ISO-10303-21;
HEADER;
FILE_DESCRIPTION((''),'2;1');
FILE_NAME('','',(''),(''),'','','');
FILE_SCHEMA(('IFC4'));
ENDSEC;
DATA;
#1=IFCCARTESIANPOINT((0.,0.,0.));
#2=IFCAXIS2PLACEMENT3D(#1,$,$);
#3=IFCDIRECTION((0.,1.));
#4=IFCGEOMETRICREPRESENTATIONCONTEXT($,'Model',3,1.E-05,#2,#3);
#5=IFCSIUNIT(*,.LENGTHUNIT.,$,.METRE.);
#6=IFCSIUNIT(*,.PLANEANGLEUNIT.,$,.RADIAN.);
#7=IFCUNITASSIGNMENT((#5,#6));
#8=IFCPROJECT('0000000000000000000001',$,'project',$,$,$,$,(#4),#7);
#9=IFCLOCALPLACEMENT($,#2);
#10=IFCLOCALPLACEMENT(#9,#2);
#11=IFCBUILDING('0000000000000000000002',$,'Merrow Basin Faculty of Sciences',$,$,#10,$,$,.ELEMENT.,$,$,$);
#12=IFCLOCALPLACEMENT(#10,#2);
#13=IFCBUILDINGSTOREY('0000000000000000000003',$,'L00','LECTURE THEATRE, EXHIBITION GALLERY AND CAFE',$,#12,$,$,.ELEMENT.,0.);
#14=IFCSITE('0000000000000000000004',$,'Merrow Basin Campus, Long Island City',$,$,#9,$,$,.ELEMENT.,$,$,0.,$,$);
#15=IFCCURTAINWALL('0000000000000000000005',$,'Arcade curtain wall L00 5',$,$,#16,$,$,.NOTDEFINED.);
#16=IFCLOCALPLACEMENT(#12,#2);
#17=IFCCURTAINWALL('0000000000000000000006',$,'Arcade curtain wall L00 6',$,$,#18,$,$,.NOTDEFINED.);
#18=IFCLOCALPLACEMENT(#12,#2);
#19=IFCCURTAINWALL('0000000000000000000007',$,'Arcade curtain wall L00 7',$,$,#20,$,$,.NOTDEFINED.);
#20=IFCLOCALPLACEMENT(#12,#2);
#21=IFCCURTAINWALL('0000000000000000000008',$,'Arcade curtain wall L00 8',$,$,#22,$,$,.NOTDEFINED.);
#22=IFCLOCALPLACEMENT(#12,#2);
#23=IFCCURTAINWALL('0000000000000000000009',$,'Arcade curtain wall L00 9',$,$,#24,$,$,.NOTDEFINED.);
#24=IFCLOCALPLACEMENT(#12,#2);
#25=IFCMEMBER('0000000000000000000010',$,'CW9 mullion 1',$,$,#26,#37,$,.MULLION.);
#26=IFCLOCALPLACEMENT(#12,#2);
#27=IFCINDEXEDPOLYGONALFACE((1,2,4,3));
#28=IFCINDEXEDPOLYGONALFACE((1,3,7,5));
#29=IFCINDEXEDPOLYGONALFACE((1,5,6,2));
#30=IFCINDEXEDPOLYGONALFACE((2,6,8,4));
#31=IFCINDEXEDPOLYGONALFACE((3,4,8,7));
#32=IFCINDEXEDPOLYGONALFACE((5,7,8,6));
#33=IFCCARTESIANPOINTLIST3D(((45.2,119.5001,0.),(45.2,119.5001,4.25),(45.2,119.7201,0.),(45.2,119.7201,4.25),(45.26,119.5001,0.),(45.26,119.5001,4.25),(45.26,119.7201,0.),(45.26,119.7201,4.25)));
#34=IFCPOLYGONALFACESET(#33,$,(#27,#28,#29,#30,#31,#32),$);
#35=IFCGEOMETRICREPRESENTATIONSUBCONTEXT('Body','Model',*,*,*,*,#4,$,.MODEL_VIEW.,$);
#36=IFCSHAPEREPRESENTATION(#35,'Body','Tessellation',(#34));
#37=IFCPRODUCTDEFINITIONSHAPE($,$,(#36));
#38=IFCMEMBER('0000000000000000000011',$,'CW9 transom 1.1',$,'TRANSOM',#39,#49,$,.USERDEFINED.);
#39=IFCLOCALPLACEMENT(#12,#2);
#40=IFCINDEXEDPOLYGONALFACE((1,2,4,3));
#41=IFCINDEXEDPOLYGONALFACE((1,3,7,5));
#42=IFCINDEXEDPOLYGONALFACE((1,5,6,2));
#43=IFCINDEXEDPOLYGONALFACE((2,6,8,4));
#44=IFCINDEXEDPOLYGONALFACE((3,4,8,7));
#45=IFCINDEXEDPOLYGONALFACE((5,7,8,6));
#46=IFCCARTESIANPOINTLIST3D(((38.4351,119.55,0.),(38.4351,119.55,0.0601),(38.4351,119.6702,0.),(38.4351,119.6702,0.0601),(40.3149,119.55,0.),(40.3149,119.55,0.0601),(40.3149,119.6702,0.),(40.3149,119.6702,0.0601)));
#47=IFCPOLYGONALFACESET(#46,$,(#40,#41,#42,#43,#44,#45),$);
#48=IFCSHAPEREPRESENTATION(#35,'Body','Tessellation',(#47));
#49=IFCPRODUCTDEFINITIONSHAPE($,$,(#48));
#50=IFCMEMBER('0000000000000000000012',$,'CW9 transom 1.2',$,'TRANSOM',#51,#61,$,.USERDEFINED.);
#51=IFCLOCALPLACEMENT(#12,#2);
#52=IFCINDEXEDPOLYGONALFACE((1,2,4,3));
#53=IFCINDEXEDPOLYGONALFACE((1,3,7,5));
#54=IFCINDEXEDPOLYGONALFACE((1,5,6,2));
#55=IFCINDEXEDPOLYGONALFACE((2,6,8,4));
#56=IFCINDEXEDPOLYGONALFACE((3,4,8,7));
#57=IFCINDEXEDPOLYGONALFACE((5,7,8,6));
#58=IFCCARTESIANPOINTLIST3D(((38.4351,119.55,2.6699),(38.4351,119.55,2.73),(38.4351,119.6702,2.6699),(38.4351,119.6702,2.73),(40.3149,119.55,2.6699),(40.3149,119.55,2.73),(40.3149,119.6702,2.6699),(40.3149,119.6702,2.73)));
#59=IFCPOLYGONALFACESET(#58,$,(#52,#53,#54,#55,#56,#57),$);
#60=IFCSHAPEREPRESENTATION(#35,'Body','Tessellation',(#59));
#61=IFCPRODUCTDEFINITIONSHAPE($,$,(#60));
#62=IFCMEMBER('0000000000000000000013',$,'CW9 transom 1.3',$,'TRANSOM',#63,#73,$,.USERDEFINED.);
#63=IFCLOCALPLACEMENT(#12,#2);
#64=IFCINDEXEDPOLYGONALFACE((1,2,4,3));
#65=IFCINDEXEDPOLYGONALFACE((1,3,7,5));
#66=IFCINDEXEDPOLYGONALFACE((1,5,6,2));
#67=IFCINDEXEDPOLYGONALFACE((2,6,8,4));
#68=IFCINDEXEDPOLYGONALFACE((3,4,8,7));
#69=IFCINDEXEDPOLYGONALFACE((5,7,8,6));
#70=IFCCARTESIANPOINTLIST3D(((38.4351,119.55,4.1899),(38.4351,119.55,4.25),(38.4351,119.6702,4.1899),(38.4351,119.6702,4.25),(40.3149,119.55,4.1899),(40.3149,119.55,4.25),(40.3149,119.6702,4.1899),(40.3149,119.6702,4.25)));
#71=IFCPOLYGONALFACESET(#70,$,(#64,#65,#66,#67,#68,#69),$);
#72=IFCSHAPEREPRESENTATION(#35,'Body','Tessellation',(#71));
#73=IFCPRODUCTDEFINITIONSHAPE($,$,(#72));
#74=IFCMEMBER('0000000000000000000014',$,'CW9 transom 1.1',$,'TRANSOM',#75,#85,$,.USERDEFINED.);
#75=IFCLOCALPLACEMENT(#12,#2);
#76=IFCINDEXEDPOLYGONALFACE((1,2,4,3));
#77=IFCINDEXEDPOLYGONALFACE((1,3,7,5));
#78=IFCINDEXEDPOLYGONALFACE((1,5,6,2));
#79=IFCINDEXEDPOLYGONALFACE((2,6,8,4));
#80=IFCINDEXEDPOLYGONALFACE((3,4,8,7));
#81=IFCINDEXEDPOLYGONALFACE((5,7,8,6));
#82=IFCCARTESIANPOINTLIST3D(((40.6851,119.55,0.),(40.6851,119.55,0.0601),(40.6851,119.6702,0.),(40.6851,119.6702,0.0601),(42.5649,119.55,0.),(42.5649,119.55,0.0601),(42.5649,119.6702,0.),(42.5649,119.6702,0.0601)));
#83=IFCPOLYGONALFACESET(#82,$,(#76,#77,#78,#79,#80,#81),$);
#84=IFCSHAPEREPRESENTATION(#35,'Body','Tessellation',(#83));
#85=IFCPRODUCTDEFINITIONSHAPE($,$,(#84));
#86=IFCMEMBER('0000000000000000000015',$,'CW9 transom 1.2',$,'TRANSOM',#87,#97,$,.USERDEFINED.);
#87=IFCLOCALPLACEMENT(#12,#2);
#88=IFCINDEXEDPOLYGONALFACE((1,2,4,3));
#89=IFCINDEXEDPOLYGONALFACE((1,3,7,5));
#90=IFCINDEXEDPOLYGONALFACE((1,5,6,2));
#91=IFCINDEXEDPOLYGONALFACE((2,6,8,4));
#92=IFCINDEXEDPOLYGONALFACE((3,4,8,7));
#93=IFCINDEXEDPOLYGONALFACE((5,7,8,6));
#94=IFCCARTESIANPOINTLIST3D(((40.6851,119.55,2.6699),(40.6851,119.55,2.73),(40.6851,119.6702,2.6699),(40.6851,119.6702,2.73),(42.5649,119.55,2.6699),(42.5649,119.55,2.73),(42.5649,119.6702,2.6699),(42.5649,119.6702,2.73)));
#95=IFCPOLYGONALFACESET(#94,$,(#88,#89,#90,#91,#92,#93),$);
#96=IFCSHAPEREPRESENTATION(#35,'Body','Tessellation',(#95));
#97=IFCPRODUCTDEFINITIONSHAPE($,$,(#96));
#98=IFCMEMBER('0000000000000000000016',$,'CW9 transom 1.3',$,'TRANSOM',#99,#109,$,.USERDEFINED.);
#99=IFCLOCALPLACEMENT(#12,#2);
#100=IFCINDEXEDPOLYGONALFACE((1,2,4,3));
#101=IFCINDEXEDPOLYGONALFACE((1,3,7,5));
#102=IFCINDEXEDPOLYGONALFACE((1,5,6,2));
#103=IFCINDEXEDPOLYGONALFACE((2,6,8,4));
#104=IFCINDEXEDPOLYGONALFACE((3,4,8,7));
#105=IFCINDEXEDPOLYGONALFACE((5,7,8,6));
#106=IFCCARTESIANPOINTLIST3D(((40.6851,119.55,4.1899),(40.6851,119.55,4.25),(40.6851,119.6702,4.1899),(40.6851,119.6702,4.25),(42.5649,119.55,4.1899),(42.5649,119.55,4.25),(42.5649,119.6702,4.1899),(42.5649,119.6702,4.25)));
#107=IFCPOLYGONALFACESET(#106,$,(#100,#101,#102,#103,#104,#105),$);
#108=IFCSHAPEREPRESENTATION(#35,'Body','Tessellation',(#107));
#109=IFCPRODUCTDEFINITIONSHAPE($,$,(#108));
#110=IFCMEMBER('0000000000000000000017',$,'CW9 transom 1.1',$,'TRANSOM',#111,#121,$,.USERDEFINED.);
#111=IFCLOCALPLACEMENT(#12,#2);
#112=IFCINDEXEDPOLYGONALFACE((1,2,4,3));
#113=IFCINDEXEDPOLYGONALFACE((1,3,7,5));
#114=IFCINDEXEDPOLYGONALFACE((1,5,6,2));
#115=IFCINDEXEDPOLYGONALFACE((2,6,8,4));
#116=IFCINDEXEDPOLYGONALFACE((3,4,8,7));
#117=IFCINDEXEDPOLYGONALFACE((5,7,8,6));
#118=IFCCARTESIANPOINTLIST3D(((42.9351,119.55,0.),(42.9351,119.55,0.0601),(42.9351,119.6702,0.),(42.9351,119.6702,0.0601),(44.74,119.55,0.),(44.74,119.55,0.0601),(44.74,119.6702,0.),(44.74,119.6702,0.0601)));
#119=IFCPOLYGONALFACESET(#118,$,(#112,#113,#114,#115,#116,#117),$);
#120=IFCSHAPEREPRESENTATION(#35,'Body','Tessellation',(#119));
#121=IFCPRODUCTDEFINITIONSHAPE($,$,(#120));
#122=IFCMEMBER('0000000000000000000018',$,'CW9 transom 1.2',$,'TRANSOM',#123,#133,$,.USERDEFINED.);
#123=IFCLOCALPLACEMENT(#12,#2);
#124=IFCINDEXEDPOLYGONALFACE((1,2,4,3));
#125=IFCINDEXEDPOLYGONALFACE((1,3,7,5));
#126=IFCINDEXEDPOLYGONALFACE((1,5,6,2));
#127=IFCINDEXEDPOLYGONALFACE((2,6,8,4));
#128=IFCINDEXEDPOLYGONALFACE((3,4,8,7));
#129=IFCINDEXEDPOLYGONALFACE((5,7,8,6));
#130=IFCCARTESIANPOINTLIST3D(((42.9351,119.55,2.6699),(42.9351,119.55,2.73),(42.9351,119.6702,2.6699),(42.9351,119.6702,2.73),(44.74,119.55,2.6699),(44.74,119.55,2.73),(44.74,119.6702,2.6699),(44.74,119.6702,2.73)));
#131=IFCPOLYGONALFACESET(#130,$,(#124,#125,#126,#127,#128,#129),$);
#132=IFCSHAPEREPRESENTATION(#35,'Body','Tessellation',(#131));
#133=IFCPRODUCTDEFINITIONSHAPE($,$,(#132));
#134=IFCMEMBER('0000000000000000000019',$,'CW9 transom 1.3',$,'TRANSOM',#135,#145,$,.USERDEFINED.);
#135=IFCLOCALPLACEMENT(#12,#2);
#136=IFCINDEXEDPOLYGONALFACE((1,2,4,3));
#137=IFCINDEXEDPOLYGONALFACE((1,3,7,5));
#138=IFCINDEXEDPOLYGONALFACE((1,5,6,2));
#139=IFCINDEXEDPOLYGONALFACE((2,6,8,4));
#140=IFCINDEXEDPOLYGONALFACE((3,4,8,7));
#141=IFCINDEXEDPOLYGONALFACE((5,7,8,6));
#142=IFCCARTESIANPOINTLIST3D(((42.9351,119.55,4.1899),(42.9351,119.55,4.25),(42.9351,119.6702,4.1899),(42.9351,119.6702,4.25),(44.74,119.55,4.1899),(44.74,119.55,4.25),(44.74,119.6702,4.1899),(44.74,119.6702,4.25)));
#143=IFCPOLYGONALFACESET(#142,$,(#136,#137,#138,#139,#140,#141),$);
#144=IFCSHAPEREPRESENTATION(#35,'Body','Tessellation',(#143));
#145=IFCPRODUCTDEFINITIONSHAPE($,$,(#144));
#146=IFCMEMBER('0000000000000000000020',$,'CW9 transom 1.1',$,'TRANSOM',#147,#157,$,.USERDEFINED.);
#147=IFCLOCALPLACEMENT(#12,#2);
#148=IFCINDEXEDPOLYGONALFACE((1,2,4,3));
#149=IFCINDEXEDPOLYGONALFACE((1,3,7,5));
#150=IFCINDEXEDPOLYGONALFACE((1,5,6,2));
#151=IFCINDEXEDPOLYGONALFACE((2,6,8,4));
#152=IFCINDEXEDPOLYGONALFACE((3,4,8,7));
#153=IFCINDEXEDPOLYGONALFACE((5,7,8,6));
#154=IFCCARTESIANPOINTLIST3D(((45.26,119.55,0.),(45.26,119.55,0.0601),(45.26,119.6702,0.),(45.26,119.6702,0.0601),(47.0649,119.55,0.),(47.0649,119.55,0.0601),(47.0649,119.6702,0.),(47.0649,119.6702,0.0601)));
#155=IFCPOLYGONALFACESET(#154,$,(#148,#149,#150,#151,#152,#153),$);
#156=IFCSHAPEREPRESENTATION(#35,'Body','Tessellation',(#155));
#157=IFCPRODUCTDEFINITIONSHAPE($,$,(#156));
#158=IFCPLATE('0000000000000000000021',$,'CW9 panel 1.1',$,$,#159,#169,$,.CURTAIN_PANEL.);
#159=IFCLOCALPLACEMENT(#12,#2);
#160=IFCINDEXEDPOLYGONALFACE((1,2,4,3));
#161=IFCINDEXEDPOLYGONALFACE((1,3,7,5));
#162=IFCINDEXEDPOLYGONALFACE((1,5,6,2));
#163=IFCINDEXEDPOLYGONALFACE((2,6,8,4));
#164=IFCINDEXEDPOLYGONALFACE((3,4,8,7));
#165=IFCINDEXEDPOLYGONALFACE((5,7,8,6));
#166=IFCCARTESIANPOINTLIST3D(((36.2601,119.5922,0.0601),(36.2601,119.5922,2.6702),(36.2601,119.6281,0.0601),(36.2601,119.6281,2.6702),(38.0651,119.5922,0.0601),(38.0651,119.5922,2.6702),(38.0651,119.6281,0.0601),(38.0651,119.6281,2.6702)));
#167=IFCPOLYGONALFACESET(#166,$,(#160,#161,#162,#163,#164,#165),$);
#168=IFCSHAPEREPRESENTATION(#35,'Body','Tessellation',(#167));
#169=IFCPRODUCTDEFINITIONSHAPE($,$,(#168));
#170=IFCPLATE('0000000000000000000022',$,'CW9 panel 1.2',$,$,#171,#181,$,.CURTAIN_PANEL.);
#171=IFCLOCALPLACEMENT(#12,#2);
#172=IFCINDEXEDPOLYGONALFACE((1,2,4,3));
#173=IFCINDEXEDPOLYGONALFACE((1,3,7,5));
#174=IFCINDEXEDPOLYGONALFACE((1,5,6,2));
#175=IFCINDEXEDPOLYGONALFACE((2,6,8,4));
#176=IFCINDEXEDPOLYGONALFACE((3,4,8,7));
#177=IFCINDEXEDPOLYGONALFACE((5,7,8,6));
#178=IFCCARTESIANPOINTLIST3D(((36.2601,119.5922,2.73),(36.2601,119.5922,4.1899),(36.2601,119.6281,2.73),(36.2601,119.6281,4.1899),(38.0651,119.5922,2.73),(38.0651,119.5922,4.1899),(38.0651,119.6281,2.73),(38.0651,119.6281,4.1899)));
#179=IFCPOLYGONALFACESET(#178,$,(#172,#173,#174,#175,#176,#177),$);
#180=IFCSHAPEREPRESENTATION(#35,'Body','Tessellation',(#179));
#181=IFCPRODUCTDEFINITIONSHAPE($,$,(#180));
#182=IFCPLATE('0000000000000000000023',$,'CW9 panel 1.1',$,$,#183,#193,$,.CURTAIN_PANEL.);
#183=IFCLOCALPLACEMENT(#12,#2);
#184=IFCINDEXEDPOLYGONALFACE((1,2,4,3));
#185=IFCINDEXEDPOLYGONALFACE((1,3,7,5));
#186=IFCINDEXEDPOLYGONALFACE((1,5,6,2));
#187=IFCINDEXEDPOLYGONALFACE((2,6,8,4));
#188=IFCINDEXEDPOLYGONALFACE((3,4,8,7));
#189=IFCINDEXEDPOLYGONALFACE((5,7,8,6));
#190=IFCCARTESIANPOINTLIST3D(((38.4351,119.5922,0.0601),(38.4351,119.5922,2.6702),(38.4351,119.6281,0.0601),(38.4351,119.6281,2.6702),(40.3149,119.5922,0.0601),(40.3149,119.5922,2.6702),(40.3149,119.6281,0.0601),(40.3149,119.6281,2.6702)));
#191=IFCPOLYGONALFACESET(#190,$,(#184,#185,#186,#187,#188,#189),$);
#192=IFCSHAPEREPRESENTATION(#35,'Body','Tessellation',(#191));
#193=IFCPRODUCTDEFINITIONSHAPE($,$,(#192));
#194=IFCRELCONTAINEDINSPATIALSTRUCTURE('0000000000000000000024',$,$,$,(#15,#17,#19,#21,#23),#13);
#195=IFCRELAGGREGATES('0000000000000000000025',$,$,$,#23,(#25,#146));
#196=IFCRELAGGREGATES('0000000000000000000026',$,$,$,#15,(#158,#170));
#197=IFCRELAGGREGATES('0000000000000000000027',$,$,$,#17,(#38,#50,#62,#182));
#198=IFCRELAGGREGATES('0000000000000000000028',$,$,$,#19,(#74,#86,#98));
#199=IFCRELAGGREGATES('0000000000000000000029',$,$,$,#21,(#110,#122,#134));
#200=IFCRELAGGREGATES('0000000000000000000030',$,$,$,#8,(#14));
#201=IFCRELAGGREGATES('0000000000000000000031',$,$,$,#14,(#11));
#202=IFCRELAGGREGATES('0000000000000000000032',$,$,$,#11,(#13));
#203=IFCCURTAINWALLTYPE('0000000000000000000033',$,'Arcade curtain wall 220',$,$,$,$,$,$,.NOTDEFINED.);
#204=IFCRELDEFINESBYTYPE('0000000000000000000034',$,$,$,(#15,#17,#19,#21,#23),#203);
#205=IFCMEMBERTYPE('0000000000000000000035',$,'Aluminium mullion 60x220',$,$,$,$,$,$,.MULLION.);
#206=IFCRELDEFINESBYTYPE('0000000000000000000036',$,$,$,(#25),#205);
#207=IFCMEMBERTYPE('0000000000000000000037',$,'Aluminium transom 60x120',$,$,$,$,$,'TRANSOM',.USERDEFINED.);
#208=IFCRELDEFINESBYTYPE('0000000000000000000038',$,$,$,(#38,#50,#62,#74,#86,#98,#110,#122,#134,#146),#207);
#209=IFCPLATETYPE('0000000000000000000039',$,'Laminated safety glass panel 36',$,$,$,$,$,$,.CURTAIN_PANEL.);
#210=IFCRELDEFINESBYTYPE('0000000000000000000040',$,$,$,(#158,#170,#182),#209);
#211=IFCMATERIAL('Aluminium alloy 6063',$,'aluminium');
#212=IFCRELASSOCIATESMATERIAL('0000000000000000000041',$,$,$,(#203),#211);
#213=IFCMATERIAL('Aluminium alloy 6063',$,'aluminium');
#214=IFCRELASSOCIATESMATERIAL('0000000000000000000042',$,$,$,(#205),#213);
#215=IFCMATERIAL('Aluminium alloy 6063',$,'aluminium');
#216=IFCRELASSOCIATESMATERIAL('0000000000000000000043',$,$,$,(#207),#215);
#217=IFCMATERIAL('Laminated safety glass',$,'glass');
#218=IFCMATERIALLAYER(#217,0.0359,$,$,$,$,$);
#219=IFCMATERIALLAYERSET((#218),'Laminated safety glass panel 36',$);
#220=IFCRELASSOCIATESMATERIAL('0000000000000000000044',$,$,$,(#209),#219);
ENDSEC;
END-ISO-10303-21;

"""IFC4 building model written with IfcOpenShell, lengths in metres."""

from ifc_helpers import new_model, si_unit, direction, frame, origin, origin_2d, place, context, subcontext, project, spatial, rectangle, extrude, material, layer, layer_set, material_profile, profile_set, type_object, element, aggregate, save


model = new_model("IFC4")

# Units and contexts
model_context = context("Model", 3, precision=1e-05, world=origin(), true_north=direction((0.0, 1.0)))
body_context = subcontext(model_context, "Body", "Model", "MODEL_VIEW")
ifc_project = project(units=[si_unit("LENGTHUNIT", "METRE"), si_unit("PLANEANGLEUNIT", "RADIAN")], contexts=[model_context])

# Site, building, storey
site_placement = place(None, origin())
site = spatial("IfcSite", under=ifc_project, at=site_placement, Name="Merrow Basin Campus, Long Island City", CompositionType="ELEMENT", RefElevation=0.0)
building_placement = place(site_placement, origin())
building = spatial("IfcBuilding", under=site, at=building_placement, Name="Merrow Basin Faculty of Sciences", CompositionType="ELEMENT")
storey_placement = place(building_placement, origin())
storey = spatial("IfcBuildingStorey", under=building, at=storey_placement, Name="L00", Description="LECTURE THEATRE, EXHIBITION GALLERY AND CAFE", CompositionType="ELEMENT", Elevation=0.0)

# Curtain wall
ifc_material_1 = material(Name="Aluminium alloy 6063", Category="aluminium")
curtain_wall_type = type_object("IfcCurtainWallType", Name="Arcade curtain wall 220", PredefinedType="NOTDEFINED", material=ifc_material_1)
curtain_wall_1_placement = place(storey_placement, origin())
curtain_wall_1 = element("IfcCurtainWall", 1, at=curtain_wall_1_placement, inside=storey, type_object=curtain_wall_type, Name="Arcade curtain wall L00 5", PredefinedType="NOTDEFINED")
ifc_material_2 = material(Name="Aluminium alloy 6063", Category="aluminium")
ifc_material_profile_1 = material_profile(ifc_material_2, rectangle(XDim=0.22, YDim=0.0601, at=origin_2d()))
ifc_profile_set_1 = profile_set([ifc_material_profile_1], Name="Aluminium alloy 6063")
member_type_1 = type_object("IfcMemberType", Name="Aluminium mullion 60x220", PredefinedType="MULLION", material=ifc_profile_set_1)

# Curtain walls
curtain_wall_2_placement = place(storey_placement, origin())
curtain_wall_2 = element("IfcCurtainWall", 2, at=curtain_wall_2_placement, inside=storey, type_object=curtain_wall_type, Name="Arcade curtain wall L00 6", PredefinedType="NOTDEFINED")
curtain_wall_3_placement = place(storey_placement, origin())
curtain_wall_3 = element("IfcCurtainWall", 3, at=curtain_wall_3_placement, inside=storey, type_object=curtain_wall_type, Name="Arcade curtain wall L00 7", PredefinedType="NOTDEFINED")
curtain_wall_4_placement = place(storey_placement, origin())
curtain_wall_4 = element("IfcCurtainWall", 4, at=curtain_wall_4_placement, inside=storey, type_object=curtain_wall_type, Name="Arcade curtain wall L00 8", PredefinedType="NOTDEFINED")

# Curtain wall, member
curtain_wall_5_placement = place(storey_placement, origin())
curtain_wall_5 = element("IfcCurtainWall", 5, at=curtain_wall_5_placement, inside=storey, type_object=curtain_wall_type, Name="Arcade curtain wall L00 9", PredefinedType="NOTDEFINED")
member_1_placement = place(storey_placement, frame((45.23, 119.6101, 0.0), z_axis=(0.0, 0.0, 1.0), x_axis=(0.0, 1.0, 0.0)))
member_1 = element("IfcMember", 6, at=member_1_placement, type_object=member_type_1, Name="CW9 mullion 1", PredefinedType="MULLION", context=body_context, shape_type="SweptSolid", body=[
    extrude(rectangle(XDim=0.22, YDim=0.0601, at=origin_2d()), origin(), (0.0, 0.0, 1.0), 4.25),
])

# Members
ifc_material_3 = material(Name="Aluminium alloy 6063", Category="aluminium")
ifc_material_profile_2 = material_profile(ifc_material_3, rectangle(XDim=0.1201, YDim=0.0601, at=origin_2d()))
ifc_profile_set_2 = profile_set([ifc_material_profile_2], Name="Aluminium alloy 6063")
member_type_2 = type_object("IfcMemberType", Name="Aluminium transom 60x120", ElementType="TRANSOM", PredefinedType="USERDEFINED", material=ifc_profile_set_2)
member_2_placement = place(storey_placement, frame((38.4351, 119.6101, 0.03), z_axis=(1.0, 0.0, 0.0), x_axis=(0.0, 1.0, 0.0)))
member_2 = element("IfcMember", 7, at=member_2_placement, type_object=member_type_2, Name="CW9 transom 1.1", ObjectType="TRANSOM", PredefinedType="USERDEFINED", context=body_context, shape_type="SweptSolid", body=[
    extrude(rectangle(XDim=0.1201, YDim=0.0601, at=origin_2d()), origin(), (0.0, 0.0, 1.0), 1.8799),
])
member_3_placement = place(storey_placement, frame((38.4351, 119.6101, 2.7), z_axis=(1.0, 0.0, 0.0), x_axis=(0.0, 1.0, 0.0)))
member_3 = element("IfcMember", 8, at=member_3_placement, type_object=member_type_2, Name="CW9 transom 1.2", ObjectType="TRANSOM", PredefinedType="USERDEFINED", context=body_context, shape_type="SweptSolid", body=[
    extrude(rectangle(XDim=0.1201, YDim=0.0601, at=origin_2d()), origin(), (0.0, 0.0, 1.0), 1.8799),
])
member_4_placement = place(storey_placement, frame((38.4351, 119.6101, 4.22), z_axis=(1.0, 0.0, 0.0), x_axis=(0.0, 1.0, 0.0)))
member_4 = element("IfcMember", 9, at=member_4_placement, type_object=member_type_2, Name="CW9 transom 1.3", ObjectType="TRANSOM", PredefinedType="USERDEFINED", context=body_context, shape_type="SweptSolid", body=[
    extrude(rectangle(XDim=0.1201, YDim=0.0601, at=origin_2d()), origin(), (0.0, 0.0, 1.0), 1.8799),
])
member_5_placement = place(storey_placement, frame((40.6851, 119.6101, 0.03), z_axis=(1.0, 0.0, 0.0), x_axis=(0.0, 1.0, 0.0)))
member_5 = element("IfcMember", 10, at=member_5_placement, type_object=member_type_2, Name="CW9 transom 1.1", ObjectType="TRANSOM", PredefinedType="USERDEFINED", context=body_context, shape_type="SweptSolid", body=[
    extrude(rectangle(XDim=0.1201, YDim=0.0601, at=origin_2d()), origin(), (0.0, 0.0, 1.0), 1.8799),
])
member_6_placement = place(storey_placement, frame((40.6851, 119.6101, 2.7), z_axis=(1.0, 0.0, 0.0), x_axis=(0.0, 1.0, 0.0)))
member_6 = element("IfcMember", 11, at=member_6_placement, type_object=member_type_2, Name="CW9 transom 1.2", ObjectType="TRANSOM", PredefinedType="USERDEFINED", context=body_context, shape_type="SweptSolid", body=[
    extrude(rectangle(XDim=0.1201, YDim=0.0601, at=origin_2d()), origin(), (0.0, 0.0, 1.0), 1.8799),
])
member_7_placement = place(storey_placement, frame((40.6851, 119.6101, 4.22), z_axis=(1.0, 0.0, 0.0), x_axis=(0.0, 1.0, 0.0)))
member_7 = element("IfcMember", 12, at=member_7_placement, type_object=member_type_2, Name="CW9 transom 1.3", ObjectType="TRANSOM", PredefinedType="USERDEFINED", context=body_context, shape_type="SweptSolid", body=[
    extrude(rectangle(XDim=0.1201, YDim=0.0601, at=origin_2d()), origin(), (0.0, 0.0, 1.0), 1.8799),
])
member_8_placement = place(storey_placement, frame((42.9351, 119.6101, 0.03), z_axis=(1.0, 0.0, 0.0), x_axis=(0.0, 1.0, 0.0)))
member_8 = element("IfcMember", 13, at=member_8_placement, type_object=member_type_2, Name="CW9 transom 1.1", ObjectType="TRANSOM", PredefinedType="USERDEFINED", context=body_context, shape_type="SweptSolid", body=[
    extrude(rectangle(XDim=0.1201, YDim=0.0601, at=origin_2d()), origin(), (0.0, 0.0, 1.0), 1.8049),
])
member_9_placement = place(storey_placement, frame((42.9351, 119.6101, 2.7), z_axis=(1.0, 0.0, 0.0), x_axis=(0.0, 1.0, 0.0)))
member_9 = element("IfcMember", 14, at=member_9_placement, type_object=member_type_2, Name="CW9 transom 1.2", ObjectType="TRANSOM", PredefinedType="USERDEFINED", context=body_context, shape_type="SweptSolid", body=[
    extrude(rectangle(XDim=0.1201, YDim=0.0601, at=origin_2d()), origin(), (0.0, 0.0, 1.0), 1.8049),
])
member_10_placement = place(storey_placement, frame((42.9351, 119.6101, 4.22), z_axis=(1.0, 0.0, 0.0), x_axis=(0.0, 1.0, 0.0)))
member_10 = element("IfcMember", 15, at=member_10_placement, type_object=member_type_2, Name="CW9 transom 1.3", ObjectType="TRANSOM", PredefinedType="USERDEFINED", context=body_context, shape_type="SweptSolid", body=[
    extrude(rectangle(XDim=0.1201, YDim=0.0601, at=origin_2d()), origin(), (0.0, 0.0, 1.0), 1.8049),
])
member_11_placement = place(storey_placement, frame((45.26, 119.6101, 0.03), z_axis=(1.0, 0.0, 0.0), x_axis=(0.0, 1.0, 0.0)))
member_11 = element("IfcMember", 16, at=member_11_placement, type_object=member_type_2, Name="CW9 transom 1.1", ObjectType="TRANSOM", PredefinedType="USERDEFINED", context=body_context, shape_type="SweptSolid", body=[
    extrude(rectangle(XDim=0.1201, YDim=0.0601, at=origin_2d()), origin(), (0.0, 0.0, 1.0), 1.8049),
])
aggregate(curtain_wall_5, [member_1, member_11])

# Plates
ifc_material_4 = material(Name="Laminated safety glass", Category="glass")
ifc_layer = layer(ifc_material_4, 0.0359)
ifc_layer_set = layer_set([ifc_layer], Name="Laminated safety glass panel 36")
plate_type = type_object("IfcPlateType", Name="Laminated safety glass panel 36", PredefinedType="CURTAIN_PANEL", material=ifc_layer_set)
plate_1_placement = place(storey_placement, frame((37.1626, 119.6101, 0.0601), z_axis=(0.0, 0.0, 1.0), x_axis=(1.0, 0.0, 0.0)))
plate_1 = element("IfcPlate", 17, at=plate_1_placement, type_object=plate_type, Name="CW9 panel 1.1", PredefinedType="CURTAIN_PANEL", context=body_context, shape_type="SweptSolid", body=[
    extrude(rectangle(XDim=1.8049, YDim=0.0359, at=origin_2d()), origin(), (0.0, 0.0, 1.0), 2.6101),
])
plate_2_placement = place(storey_placement, frame((37.1626, 119.6101, 2.73), z_axis=(0.0, 0.0, 1.0), x_axis=(1.0, 0.0, 0.0)))
plate_2 = element("IfcPlate", 18, at=plate_2_placement, type_object=plate_type, Name="CW9 panel 1.2", PredefinedType="CURTAIN_PANEL", context=body_context, shape_type="SweptSolid", body=[
    extrude(rectangle(XDim=1.8049, YDim=0.0359, at=origin_2d()), origin(), (0.0, 0.0, 1.0), 1.46),
])
aggregate(curtain_wall_1, [plate_1, plate_2])
plate_3_placement = place(storey_placement, frame((39.375, 119.6101, 0.0601), z_axis=(0.0, 0.0, 1.0), x_axis=(1.0, 0.0, 0.0)))
plate_3 = element("IfcPlate", 19, at=plate_3_placement, type_object=plate_type, Name="CW9 panel 1.1", PredefinedType="CURTAIN_PANEL", context=body_context, shape_type="SweptSolid", body=[
    extrude(rectangle(XDim=1.8799, YDim=0.0359, at=origin_2d()), origin(), (0.0, 0.0, 1.0), 2.6101),
])
aggregate(curtain_wall_2, [member_2, member_3, member_4, plate_3])
aggregate(curtain_wall_3, [member_5, member_6, member_7])
aggregate(curtain_wall_4, [member_8, member_9, member_10])

save(model, "model.ifc")
